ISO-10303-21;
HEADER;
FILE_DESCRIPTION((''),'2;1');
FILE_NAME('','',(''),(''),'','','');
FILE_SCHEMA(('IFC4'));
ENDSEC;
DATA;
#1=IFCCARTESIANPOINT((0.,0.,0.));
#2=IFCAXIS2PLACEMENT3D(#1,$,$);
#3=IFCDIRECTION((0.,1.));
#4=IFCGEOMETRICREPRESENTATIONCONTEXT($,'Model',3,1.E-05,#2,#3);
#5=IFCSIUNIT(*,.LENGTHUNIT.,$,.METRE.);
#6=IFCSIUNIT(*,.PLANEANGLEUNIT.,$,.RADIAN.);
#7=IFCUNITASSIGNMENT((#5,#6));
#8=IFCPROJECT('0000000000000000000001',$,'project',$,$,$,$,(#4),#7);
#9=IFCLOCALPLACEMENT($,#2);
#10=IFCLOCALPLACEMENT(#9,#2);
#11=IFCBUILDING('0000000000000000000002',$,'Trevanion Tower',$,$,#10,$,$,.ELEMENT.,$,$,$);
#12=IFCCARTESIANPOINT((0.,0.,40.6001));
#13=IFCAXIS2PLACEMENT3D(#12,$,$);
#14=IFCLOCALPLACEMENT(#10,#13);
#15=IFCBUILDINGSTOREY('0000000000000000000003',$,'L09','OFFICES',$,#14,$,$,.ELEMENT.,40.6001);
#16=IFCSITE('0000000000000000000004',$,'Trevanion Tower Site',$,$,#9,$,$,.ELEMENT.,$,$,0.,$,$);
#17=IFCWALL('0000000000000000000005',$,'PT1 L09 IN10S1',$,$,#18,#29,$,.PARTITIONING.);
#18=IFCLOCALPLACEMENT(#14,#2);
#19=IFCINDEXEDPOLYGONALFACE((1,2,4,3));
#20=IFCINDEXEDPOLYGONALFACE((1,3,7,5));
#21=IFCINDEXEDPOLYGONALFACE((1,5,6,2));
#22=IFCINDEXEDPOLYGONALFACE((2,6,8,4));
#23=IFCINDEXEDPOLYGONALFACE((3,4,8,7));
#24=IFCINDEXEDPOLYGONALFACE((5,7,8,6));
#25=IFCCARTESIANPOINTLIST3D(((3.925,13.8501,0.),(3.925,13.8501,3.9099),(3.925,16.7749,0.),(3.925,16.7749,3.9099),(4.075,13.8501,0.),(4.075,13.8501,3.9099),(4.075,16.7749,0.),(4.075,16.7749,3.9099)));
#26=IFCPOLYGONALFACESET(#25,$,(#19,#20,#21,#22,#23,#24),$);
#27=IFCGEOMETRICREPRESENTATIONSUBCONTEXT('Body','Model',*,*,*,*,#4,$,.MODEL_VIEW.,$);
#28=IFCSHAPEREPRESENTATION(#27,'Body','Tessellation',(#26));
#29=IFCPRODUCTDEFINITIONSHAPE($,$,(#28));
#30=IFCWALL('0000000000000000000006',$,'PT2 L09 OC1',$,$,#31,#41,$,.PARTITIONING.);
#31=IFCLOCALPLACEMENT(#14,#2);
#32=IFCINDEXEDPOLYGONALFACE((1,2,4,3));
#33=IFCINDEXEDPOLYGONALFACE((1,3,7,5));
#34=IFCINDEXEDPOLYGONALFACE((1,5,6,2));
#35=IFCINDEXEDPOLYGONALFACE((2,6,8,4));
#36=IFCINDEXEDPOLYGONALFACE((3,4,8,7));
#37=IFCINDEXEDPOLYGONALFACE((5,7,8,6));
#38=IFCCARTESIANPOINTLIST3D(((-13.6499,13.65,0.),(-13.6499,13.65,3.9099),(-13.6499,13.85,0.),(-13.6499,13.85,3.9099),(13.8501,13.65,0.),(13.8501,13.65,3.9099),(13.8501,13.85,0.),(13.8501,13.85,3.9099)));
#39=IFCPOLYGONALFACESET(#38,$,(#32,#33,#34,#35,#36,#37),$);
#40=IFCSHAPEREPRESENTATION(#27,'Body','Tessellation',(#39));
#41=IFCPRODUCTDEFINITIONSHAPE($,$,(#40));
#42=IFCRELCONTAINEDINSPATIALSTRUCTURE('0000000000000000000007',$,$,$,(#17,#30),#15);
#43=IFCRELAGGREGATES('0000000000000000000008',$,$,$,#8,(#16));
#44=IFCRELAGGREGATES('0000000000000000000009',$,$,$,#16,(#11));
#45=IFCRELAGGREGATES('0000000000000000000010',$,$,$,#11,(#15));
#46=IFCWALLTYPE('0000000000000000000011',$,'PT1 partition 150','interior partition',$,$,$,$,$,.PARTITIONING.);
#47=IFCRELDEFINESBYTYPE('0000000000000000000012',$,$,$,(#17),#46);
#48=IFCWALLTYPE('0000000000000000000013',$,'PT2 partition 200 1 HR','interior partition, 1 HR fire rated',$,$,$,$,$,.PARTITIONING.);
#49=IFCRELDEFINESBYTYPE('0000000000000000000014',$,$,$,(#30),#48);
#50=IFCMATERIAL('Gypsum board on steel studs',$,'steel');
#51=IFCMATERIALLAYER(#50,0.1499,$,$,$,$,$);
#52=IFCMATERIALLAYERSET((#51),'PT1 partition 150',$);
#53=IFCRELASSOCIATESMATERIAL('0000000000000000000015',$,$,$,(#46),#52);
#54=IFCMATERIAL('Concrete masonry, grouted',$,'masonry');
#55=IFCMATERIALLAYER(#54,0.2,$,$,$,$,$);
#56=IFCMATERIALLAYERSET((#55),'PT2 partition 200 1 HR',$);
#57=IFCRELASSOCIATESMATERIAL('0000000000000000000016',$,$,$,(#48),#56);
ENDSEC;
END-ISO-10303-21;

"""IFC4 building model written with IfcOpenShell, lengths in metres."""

from ifc_helpers import new_model, si_unit, direction, frame, frame_2d, origin, place, context, subcontext, project, spatial, rectangle, extrude, material, layer, layer_set, type_object, element, save


model = new_model("IFC4")

# Units and contexts
model_context = context("Model", 3, precision=1e-05, world=origin(), true_north=direction((0.0, 1.0)))
body_context = subcontext(model_context, "Body", "Model", "MODEL_VIEW")
ifc_project = project(units=[si_unit("LENGTHUNIT", "METRE"), si_unit("PLANEANGLEUNIT", "RADIAN")], contexts=[model_context])

# Site, building, storey
site_placement = place(None, origin())
site = spatial("IfcSite", under=ifc_project, at=site_placement, Name="Trevanion Tower Site", CompositionType="ELEMENT", RefElevation=0.0)
building_placement = place(site_placement, origin())
building = spatial("IfcBuilding", under=site, at=building_placement, Name="Trevanion Tower", CompositionType="ELEMENT")
storey_placement = place(building_placement, frame((0.0, 0.0, 40.6001)))
storey = spatial("IfcBuildingStorey", under=building, at=storey_placement, Name="L09", Description="OFFICES", CompositionType="ELEMENT", Elevation=40.6001)

# Shared definitions
ifc_material_1 = material(Name="Gypsum board on steel studs", Category="steel")
ifc_layer_1 = layer(ifc_material_1, 0.1499)
ifc_layer_set_1 = layer_set([ifc_layer_1], Name="PT1 partition 150")
wall_type_1 = type_object("IfcWallType", Name="PT1 partition 150", Description="interior partition", PredefinedType="PARTITIONING", material=ifc_layer_set_1)

# Walls
for number, where, z_axis, x_axis, name in (
    (1, (4.0, 16.7749, 0.0), (0.0, 0.0, 1.0), (0.0, -1.0, 0.0), "PT1 L09 IN10S1"),
):
    element("IfcWall", number, at=place(storey_placement, frame(where, z_axis=z_axis, x_axis=x_axis)), inside=storey, type_object=wall_type_1, Name=name, PredefinedType="PARTITIONING", context=body_context, shape_type="SweptSolid", body=[
        extrude(rectangle(XDim=2.9248, YDim=0.1499, at=frame_2d((1.4624, 0.0))), origin(), (0.0, 0.0, 1.0), 3.9099),
    ])
ifc_material_2 = material(Name="Concrete masonry, grouted", Category="masonry")
ifc_layer_2 = layer(ifc_material_2, 0.2)
ifc_layer_set_2 = layer_set([ifc_layer_2], Name="PT2 partition 200 1 HR")
wall_type_2 = type_object("IfcWallType", Name="PT2 partition 200 1 HR", Description="interior partition, 1 HR fire rated", PredefinedType="PARTITIONING", material=ifc_layer_set_2)
wall_1_placement = place(storey_placement, frame((13.8501, 13.75, 0.0), z_axis=(0.0, 0.0, 1.0), x_axis=(-1.0, 0.0, 0.0)))
element("IfcWall", 2, at=wall_1_placement, inside=storey, type_object=wall_type_2, Name="PT2 L09 OC1", PredefinedType="PARTITIONING", context=body_context, shape_type="SweptSolid", body=[
    extrude(rectangle(XDim=27.5, YDim=0.2, at=frame_2d((13.75, 0.0))), origin(), (0.0, 0.0, 1.0), 3.9099),
])

save(model, "model.ifc")
